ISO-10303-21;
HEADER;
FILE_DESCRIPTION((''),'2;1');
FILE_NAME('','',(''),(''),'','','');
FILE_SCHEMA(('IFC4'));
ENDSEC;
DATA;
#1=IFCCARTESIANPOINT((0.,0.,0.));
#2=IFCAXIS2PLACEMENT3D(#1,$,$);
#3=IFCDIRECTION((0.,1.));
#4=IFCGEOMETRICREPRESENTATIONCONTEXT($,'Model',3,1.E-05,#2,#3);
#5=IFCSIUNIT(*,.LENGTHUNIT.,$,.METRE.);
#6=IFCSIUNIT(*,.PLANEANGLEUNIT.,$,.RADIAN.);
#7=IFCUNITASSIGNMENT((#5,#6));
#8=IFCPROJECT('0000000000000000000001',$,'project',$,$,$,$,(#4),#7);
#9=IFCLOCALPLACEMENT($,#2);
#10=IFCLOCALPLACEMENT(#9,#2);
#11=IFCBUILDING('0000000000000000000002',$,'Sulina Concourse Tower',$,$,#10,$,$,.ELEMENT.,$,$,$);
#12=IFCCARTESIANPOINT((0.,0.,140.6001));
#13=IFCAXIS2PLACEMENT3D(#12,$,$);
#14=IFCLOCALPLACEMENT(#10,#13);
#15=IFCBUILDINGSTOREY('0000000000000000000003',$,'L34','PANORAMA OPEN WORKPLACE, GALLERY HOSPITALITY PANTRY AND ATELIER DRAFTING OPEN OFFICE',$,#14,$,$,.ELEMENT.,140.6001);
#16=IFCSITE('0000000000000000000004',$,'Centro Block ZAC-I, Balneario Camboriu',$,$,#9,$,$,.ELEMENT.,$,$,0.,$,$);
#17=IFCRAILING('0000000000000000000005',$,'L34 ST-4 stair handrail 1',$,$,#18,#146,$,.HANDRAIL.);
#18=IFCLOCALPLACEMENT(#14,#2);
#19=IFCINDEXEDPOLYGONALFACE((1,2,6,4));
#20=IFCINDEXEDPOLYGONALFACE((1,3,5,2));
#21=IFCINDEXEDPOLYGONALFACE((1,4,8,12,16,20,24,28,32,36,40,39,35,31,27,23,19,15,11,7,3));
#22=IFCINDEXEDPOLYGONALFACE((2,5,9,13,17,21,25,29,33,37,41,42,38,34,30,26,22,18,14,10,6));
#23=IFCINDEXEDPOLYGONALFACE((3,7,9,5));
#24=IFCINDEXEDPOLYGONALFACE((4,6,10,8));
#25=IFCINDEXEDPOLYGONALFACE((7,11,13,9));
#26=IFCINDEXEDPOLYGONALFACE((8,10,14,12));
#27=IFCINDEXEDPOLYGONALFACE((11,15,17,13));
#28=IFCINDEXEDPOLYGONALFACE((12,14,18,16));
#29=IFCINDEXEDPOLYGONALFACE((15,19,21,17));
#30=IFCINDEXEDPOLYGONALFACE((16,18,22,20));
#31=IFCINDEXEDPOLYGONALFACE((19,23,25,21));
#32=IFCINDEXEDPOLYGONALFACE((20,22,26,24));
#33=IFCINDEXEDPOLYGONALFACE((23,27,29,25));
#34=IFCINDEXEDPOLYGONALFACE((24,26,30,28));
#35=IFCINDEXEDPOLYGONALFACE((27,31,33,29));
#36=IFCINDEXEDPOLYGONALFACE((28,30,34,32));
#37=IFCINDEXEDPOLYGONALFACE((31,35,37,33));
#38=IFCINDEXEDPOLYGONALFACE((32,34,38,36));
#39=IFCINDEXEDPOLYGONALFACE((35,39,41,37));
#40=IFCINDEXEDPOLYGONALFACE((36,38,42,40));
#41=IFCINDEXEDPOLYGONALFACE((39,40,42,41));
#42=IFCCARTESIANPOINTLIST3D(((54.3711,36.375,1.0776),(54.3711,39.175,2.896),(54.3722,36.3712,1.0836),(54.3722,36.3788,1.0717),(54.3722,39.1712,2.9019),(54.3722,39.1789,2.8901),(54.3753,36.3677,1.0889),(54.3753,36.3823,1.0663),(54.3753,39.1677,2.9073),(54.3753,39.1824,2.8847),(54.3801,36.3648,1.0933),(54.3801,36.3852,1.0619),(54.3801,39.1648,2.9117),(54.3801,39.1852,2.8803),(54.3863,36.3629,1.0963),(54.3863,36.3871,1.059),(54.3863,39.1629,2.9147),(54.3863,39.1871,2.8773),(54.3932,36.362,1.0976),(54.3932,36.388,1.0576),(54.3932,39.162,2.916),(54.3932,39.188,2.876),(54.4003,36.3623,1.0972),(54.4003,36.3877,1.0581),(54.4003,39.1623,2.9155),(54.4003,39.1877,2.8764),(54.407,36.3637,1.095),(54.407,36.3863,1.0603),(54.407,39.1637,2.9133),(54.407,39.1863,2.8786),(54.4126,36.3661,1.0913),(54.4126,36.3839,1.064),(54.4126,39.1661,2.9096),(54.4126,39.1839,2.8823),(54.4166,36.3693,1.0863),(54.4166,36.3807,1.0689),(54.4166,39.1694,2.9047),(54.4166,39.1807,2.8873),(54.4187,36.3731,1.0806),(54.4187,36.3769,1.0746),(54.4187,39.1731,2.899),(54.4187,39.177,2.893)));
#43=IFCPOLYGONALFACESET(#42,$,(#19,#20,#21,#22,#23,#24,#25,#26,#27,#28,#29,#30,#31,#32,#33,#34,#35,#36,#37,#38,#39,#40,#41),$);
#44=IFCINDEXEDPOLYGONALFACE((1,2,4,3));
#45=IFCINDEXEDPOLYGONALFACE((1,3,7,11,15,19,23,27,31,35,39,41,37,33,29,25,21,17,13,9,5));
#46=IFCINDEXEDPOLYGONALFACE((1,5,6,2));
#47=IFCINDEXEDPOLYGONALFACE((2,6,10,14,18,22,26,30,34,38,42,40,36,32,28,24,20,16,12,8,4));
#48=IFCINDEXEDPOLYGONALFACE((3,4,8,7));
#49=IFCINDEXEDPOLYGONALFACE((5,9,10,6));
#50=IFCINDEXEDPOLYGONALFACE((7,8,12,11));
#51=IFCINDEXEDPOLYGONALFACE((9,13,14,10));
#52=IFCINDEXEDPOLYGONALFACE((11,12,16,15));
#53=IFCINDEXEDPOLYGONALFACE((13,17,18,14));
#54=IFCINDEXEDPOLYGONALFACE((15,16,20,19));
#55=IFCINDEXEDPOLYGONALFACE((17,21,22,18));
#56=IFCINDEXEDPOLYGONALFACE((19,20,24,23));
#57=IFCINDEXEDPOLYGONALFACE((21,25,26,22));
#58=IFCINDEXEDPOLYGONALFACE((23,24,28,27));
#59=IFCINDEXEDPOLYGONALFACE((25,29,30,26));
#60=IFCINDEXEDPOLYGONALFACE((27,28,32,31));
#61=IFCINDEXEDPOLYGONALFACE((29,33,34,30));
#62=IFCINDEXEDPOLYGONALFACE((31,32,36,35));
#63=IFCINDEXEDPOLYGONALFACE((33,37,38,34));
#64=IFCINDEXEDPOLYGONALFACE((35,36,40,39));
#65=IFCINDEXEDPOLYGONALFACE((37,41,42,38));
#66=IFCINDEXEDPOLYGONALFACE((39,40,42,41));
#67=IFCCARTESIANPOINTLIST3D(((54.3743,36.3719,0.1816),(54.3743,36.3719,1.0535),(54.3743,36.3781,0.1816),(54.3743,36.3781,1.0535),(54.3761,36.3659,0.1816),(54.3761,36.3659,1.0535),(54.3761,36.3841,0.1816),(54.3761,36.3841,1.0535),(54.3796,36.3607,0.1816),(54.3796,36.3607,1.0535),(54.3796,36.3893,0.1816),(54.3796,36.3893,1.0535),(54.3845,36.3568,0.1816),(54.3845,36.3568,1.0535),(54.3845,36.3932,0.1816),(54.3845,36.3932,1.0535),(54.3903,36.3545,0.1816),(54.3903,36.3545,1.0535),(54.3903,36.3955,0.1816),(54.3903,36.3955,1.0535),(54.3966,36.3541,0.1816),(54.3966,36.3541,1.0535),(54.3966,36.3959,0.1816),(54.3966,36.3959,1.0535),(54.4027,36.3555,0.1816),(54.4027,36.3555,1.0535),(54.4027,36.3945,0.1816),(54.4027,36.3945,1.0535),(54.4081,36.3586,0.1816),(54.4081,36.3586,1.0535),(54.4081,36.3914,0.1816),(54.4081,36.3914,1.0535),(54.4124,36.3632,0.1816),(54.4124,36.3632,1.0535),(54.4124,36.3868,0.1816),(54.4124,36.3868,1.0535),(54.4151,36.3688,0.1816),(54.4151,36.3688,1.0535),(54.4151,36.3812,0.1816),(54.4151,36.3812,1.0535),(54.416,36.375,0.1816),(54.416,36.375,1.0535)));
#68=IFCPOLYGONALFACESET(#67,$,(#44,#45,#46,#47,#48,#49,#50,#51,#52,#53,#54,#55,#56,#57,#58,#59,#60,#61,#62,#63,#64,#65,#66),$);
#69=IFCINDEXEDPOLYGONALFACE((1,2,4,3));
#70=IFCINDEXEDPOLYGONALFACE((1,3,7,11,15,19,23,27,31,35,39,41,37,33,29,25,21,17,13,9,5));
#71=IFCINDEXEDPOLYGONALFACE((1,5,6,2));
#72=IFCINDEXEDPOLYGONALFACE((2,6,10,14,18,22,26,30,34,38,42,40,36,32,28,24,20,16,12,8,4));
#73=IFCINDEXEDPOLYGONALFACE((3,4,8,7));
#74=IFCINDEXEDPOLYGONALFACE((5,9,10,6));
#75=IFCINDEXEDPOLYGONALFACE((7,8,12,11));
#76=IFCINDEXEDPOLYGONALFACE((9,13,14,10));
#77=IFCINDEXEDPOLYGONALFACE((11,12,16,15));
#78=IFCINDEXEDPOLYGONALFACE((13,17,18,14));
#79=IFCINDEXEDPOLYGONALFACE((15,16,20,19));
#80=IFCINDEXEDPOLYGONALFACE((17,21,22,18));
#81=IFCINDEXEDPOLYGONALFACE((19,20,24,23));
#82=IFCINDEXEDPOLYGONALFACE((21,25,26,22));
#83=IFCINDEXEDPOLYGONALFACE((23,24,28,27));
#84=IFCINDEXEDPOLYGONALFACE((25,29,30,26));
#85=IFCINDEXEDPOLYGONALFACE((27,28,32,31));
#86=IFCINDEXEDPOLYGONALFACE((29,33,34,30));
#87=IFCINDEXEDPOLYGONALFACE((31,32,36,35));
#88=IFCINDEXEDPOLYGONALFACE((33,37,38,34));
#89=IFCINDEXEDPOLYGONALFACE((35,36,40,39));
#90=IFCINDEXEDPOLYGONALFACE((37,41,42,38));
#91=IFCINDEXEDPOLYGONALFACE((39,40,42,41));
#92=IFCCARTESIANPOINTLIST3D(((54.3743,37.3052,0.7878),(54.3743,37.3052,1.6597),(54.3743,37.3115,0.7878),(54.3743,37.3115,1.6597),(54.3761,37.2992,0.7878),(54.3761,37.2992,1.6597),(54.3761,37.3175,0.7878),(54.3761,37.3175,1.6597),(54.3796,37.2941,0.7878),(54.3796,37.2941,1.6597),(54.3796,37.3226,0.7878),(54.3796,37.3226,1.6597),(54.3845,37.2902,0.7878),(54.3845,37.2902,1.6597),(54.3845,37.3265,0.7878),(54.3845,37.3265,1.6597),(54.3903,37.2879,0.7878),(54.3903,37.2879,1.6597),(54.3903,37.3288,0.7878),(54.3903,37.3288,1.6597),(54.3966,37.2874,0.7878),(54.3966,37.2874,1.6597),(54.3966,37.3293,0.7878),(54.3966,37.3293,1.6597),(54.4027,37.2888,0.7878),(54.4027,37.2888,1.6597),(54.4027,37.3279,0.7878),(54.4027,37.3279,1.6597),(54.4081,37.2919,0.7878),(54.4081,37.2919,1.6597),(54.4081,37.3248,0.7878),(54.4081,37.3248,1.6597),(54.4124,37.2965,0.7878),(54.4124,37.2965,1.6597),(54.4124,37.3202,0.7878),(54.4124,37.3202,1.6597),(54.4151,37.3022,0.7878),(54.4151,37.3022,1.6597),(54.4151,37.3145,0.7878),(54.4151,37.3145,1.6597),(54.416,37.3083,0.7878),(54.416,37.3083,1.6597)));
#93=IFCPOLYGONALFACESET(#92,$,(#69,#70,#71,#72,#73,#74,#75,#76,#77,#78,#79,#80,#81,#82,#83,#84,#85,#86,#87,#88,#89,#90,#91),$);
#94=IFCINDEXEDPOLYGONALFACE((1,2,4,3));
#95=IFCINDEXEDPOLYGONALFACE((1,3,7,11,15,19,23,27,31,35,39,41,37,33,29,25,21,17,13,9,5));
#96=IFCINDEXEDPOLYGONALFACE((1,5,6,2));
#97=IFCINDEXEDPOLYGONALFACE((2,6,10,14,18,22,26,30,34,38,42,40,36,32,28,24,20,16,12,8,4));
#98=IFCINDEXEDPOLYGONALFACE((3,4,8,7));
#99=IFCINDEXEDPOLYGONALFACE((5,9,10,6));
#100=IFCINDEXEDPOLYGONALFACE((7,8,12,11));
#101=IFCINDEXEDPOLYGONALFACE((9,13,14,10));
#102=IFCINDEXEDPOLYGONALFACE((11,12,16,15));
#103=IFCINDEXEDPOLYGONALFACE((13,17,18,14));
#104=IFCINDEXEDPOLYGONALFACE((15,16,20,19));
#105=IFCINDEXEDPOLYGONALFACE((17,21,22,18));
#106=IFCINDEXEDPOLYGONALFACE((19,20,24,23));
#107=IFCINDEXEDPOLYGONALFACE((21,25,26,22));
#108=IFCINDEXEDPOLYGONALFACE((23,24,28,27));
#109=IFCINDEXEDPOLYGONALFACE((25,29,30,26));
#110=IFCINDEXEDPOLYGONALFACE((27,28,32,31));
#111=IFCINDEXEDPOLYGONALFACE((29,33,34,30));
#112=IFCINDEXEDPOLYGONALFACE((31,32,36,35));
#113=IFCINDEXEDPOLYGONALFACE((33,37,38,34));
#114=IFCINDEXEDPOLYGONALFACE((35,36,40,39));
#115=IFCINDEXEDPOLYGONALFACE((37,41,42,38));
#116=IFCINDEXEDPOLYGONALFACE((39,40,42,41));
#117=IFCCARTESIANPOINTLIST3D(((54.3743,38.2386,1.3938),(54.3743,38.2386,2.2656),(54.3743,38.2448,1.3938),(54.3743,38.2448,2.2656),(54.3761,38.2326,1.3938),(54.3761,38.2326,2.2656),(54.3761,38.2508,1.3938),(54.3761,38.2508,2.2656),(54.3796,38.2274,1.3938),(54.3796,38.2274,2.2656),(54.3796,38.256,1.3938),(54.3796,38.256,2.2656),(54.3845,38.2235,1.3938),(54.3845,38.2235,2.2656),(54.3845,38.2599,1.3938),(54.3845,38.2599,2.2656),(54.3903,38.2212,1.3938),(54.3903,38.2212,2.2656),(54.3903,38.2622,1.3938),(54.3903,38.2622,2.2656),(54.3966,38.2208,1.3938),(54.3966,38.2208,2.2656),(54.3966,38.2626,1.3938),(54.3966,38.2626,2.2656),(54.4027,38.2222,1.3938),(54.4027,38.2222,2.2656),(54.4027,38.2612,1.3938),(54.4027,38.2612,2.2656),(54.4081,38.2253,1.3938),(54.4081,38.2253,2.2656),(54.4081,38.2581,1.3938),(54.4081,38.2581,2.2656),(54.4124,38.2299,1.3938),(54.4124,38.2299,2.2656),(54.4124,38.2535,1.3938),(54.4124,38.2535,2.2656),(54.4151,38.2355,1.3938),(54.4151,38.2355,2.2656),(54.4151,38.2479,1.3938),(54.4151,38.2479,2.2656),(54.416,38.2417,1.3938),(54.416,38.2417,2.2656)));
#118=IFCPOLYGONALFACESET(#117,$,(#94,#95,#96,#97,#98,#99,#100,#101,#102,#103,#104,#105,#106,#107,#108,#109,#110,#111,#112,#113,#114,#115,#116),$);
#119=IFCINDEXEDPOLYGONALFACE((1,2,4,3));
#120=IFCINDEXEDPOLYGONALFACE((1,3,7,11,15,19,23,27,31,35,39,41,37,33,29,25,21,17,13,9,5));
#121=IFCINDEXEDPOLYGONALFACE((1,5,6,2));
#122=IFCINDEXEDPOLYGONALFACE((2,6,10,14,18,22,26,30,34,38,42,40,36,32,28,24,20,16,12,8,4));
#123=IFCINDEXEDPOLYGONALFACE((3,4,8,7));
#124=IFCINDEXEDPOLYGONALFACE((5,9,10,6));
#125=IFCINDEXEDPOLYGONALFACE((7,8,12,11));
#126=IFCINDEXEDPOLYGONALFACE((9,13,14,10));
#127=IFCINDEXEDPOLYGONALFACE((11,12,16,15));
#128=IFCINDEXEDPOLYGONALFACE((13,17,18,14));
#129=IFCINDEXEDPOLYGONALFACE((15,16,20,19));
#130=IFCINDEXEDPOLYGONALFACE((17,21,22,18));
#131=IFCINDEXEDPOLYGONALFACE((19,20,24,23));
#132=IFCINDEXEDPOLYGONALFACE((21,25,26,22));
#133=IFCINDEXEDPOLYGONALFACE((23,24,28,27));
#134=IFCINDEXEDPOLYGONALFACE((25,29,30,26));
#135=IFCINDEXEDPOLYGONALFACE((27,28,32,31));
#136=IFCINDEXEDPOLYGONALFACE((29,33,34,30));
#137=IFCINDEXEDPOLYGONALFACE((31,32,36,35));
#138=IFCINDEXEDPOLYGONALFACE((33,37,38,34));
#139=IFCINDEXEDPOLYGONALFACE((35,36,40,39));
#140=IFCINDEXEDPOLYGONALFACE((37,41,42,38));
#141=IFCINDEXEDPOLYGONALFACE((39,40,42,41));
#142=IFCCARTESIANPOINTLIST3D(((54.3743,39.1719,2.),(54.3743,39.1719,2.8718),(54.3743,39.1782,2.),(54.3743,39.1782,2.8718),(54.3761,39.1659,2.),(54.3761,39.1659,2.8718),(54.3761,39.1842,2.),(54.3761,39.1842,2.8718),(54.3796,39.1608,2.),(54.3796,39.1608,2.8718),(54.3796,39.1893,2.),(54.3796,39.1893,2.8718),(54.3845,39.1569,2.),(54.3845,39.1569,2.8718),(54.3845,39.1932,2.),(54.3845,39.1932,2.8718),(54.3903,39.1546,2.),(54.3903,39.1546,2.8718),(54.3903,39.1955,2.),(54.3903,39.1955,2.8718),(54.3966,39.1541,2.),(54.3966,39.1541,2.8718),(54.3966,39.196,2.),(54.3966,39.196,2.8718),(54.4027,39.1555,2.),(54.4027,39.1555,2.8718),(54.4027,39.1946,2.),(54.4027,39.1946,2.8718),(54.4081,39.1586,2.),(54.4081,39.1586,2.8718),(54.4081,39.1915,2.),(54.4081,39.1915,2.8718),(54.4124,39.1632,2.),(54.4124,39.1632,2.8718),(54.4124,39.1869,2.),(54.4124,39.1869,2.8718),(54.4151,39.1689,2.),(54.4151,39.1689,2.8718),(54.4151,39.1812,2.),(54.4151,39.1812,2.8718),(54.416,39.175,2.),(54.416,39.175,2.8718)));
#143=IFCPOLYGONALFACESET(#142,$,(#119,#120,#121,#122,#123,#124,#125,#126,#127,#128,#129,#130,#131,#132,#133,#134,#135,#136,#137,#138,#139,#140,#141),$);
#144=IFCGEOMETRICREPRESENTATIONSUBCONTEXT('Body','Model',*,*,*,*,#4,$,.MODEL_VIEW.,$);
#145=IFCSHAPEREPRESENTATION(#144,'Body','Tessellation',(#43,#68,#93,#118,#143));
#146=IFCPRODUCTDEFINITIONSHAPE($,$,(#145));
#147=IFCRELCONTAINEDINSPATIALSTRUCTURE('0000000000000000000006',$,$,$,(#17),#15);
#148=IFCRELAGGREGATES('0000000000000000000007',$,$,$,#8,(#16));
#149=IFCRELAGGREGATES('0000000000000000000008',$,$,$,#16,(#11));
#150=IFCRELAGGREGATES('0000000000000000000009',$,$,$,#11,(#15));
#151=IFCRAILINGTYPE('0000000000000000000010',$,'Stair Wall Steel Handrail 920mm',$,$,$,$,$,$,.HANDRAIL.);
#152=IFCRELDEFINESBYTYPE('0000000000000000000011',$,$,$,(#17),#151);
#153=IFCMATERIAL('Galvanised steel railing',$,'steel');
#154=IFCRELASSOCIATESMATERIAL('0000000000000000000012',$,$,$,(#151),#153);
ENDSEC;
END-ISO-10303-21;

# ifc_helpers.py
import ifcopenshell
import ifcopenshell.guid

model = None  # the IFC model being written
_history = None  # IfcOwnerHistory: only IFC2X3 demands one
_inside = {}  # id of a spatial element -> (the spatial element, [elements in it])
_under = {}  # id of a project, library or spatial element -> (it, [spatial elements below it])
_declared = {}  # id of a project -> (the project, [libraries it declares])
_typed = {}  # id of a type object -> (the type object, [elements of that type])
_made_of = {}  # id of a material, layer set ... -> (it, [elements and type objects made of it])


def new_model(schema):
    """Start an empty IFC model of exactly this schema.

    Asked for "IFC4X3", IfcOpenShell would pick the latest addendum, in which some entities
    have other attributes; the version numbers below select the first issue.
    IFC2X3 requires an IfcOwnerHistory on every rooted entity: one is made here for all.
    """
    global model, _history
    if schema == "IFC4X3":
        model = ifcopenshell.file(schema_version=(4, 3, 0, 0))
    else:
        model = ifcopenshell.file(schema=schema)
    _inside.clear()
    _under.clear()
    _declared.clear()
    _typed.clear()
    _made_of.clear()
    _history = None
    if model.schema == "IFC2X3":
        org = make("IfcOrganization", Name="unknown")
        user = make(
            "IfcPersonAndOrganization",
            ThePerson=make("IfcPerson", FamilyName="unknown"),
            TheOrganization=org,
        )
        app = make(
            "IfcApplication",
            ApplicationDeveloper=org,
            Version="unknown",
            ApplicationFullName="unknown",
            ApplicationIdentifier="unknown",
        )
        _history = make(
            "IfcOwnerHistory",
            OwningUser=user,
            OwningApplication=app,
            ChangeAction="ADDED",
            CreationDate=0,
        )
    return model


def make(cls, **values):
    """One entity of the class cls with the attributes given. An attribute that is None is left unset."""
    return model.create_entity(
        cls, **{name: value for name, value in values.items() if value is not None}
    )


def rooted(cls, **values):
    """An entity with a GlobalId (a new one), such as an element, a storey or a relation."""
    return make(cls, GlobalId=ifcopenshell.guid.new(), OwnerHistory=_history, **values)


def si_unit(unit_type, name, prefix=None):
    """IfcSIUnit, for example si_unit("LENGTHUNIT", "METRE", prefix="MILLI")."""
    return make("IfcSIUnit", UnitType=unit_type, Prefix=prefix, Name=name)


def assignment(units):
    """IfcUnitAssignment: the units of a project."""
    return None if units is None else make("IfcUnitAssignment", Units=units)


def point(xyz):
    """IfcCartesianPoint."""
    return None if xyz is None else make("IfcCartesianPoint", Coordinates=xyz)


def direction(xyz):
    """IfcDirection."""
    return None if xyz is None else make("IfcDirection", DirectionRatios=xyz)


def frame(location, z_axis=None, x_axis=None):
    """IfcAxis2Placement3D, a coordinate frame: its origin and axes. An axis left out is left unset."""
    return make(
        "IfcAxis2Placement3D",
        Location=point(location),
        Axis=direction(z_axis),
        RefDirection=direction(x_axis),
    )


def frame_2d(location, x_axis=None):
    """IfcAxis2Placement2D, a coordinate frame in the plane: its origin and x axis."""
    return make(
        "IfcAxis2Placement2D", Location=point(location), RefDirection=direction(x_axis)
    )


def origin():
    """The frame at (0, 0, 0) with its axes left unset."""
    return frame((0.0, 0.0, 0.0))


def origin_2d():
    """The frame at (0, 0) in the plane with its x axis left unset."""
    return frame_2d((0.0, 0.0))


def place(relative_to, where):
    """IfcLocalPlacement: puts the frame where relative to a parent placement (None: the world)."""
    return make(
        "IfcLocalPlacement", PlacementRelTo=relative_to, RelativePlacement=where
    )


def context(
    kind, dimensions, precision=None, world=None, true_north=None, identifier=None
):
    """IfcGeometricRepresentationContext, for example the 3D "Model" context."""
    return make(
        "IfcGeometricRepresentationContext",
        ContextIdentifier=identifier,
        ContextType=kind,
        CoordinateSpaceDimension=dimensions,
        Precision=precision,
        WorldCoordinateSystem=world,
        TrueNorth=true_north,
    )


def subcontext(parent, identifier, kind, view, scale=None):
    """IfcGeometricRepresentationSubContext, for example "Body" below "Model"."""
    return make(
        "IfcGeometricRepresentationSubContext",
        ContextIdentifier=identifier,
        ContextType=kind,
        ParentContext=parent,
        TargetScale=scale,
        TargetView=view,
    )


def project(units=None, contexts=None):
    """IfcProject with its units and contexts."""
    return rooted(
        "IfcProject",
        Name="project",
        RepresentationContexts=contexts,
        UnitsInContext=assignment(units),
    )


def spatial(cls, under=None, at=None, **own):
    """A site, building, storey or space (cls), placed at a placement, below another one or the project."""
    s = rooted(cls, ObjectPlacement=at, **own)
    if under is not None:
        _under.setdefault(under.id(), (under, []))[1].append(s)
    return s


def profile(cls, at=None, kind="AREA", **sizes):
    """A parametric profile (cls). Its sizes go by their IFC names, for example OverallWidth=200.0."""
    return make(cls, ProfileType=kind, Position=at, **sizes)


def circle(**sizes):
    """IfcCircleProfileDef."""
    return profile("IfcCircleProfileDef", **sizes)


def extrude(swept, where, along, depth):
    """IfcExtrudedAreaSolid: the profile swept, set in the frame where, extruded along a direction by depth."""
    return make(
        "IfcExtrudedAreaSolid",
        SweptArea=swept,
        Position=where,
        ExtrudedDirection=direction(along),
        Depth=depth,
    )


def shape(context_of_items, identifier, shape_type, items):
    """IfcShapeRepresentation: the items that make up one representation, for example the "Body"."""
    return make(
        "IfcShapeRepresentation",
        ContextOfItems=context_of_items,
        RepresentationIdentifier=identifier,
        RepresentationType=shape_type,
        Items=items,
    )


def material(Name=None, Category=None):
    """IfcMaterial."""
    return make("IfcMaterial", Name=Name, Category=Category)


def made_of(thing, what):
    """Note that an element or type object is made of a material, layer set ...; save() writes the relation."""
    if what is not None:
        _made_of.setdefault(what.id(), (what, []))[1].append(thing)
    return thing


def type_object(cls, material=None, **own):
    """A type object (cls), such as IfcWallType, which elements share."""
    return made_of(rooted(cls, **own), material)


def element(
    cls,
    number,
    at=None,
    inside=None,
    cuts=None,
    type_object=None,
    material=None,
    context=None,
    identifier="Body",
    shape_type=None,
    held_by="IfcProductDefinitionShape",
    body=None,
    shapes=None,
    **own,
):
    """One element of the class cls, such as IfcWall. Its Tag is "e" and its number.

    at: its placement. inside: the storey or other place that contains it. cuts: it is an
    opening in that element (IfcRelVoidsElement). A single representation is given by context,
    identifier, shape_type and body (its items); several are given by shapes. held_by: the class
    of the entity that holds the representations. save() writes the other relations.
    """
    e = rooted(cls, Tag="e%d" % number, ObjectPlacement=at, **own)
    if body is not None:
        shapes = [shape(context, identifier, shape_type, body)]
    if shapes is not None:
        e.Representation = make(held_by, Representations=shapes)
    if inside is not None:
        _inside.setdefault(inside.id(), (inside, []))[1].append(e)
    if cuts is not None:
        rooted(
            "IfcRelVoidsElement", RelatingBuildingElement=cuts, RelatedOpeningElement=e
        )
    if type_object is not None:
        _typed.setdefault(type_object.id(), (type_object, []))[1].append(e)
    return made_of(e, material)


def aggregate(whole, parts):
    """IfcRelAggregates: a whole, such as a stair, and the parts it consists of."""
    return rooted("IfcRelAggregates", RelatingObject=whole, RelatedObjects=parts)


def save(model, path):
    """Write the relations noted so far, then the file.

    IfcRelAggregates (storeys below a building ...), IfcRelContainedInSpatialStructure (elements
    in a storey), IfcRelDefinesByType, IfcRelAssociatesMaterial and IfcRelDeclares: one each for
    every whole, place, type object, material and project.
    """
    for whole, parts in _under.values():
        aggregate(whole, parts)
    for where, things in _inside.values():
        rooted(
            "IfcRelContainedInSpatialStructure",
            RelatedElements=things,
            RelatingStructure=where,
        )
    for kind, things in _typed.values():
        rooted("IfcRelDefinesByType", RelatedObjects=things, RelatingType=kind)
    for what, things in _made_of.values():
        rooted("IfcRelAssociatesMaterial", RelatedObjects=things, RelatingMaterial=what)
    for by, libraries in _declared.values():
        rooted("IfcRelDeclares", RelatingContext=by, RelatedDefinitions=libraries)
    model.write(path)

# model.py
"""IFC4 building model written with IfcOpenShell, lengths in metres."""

from ifc_helpers import new_model, si_unit, direction, frame, origin, origin_2d, place, context, subcontext, project, spatial, circle, extrude, material, type_object, element, save


model = new_model("IFC4")

# Units and contexts
model_context = context("Model", 3, precision=1e-05, world=origin(), true_north=direction((0.0, 1.0)))
body_context = subcontext(model_context, "Body", "Model", "MODEL_VIEW")
ifc_project = project(units=[si_unit("LENGTHUNIT", "METRE"), si_unit("PLANEANGLEUNIT", "RADIAN")], contexts=[model_context])

# Site, building, storey
site_placement = place(None, origin())
site = spatial("IfcSite", under=ifc_project, at=site_placement, Name="Centro Block ZAC-I, Balneario Camboriu", CompositionType="ELEMENT", RefElevation=0.0)
building_placement = place(site_placement, origin())
building = spatial("IfcBuilding", under=site, at=building_placement, Name="Sulina Concourse Tower", CompositionType="ELEMENT")
storey_placement = place(building_placement, frame((0.0, 0.0, 140.6001)))
storey = spatial("IfcBuildingStorey", under=building, at=storey_placement, Name="L34", Description="PANORAMA OPEN WORKPLACE, GALLERY HOSPITALITY PANTRY AND ATELIER DRAFTING OPEN OFFICE", CompositionType="ELEMENT", Elevation=140.6001)

# Railing
ifc_material_1 = material(Name="Galvanised steel railing", Category="steel")
railing_type_1 = type_object("IfcRailingType", Name="Stair Wall Steel Handrail 920mm", PredefinedType="HANDRAIL", material=ifc_material_1)
for number, where, name in (
    (1, (54.395, 36.375, 0.1816), "L34 ST-4 stair handrail 1"),
):
    element("IfcRailing", number, at=place(storey_placement, frame(where)), inside=storey, type_object=railing_type_1, Name=name, PredefinedType="HANDRAIL", context=body_context, shape_type="SweptSolid", body=[
        extrude(circle(Radius=0.0239, at=origin_2d()), frame((0.0, 0.0, 0.896), z_axis=(0.0, 0.838672, 0.544636), x_axis=(-1.0, 0.0, 0.0)), (0.0, 0.0, 1.0), 3.3386),
        extrude(circle(Radius=0.021, at=origin_2d()), origin(), (0.0, 0.0, 1.0), 0.8718),
        extrude(circle(Radius=0.021, at=origin_2d()), frame((0.0, 0.9333, 0.6062)), (0.0, 0.0, 1.0), 0.8718),
        extrude(circle(Radius=0.021, at=origin_2d()), frame((0.0, 1.8667, 1.2122)), (0.0, 0.0, 1.0), 0.8718),
        extrude(circle(Radius=0.021, at=origin_2d()), frame((0.0, 2.8, 1.8184)), (0.0, 0.0, 1.0), 0.8718),
    ])

save(model, "model.ifc")
